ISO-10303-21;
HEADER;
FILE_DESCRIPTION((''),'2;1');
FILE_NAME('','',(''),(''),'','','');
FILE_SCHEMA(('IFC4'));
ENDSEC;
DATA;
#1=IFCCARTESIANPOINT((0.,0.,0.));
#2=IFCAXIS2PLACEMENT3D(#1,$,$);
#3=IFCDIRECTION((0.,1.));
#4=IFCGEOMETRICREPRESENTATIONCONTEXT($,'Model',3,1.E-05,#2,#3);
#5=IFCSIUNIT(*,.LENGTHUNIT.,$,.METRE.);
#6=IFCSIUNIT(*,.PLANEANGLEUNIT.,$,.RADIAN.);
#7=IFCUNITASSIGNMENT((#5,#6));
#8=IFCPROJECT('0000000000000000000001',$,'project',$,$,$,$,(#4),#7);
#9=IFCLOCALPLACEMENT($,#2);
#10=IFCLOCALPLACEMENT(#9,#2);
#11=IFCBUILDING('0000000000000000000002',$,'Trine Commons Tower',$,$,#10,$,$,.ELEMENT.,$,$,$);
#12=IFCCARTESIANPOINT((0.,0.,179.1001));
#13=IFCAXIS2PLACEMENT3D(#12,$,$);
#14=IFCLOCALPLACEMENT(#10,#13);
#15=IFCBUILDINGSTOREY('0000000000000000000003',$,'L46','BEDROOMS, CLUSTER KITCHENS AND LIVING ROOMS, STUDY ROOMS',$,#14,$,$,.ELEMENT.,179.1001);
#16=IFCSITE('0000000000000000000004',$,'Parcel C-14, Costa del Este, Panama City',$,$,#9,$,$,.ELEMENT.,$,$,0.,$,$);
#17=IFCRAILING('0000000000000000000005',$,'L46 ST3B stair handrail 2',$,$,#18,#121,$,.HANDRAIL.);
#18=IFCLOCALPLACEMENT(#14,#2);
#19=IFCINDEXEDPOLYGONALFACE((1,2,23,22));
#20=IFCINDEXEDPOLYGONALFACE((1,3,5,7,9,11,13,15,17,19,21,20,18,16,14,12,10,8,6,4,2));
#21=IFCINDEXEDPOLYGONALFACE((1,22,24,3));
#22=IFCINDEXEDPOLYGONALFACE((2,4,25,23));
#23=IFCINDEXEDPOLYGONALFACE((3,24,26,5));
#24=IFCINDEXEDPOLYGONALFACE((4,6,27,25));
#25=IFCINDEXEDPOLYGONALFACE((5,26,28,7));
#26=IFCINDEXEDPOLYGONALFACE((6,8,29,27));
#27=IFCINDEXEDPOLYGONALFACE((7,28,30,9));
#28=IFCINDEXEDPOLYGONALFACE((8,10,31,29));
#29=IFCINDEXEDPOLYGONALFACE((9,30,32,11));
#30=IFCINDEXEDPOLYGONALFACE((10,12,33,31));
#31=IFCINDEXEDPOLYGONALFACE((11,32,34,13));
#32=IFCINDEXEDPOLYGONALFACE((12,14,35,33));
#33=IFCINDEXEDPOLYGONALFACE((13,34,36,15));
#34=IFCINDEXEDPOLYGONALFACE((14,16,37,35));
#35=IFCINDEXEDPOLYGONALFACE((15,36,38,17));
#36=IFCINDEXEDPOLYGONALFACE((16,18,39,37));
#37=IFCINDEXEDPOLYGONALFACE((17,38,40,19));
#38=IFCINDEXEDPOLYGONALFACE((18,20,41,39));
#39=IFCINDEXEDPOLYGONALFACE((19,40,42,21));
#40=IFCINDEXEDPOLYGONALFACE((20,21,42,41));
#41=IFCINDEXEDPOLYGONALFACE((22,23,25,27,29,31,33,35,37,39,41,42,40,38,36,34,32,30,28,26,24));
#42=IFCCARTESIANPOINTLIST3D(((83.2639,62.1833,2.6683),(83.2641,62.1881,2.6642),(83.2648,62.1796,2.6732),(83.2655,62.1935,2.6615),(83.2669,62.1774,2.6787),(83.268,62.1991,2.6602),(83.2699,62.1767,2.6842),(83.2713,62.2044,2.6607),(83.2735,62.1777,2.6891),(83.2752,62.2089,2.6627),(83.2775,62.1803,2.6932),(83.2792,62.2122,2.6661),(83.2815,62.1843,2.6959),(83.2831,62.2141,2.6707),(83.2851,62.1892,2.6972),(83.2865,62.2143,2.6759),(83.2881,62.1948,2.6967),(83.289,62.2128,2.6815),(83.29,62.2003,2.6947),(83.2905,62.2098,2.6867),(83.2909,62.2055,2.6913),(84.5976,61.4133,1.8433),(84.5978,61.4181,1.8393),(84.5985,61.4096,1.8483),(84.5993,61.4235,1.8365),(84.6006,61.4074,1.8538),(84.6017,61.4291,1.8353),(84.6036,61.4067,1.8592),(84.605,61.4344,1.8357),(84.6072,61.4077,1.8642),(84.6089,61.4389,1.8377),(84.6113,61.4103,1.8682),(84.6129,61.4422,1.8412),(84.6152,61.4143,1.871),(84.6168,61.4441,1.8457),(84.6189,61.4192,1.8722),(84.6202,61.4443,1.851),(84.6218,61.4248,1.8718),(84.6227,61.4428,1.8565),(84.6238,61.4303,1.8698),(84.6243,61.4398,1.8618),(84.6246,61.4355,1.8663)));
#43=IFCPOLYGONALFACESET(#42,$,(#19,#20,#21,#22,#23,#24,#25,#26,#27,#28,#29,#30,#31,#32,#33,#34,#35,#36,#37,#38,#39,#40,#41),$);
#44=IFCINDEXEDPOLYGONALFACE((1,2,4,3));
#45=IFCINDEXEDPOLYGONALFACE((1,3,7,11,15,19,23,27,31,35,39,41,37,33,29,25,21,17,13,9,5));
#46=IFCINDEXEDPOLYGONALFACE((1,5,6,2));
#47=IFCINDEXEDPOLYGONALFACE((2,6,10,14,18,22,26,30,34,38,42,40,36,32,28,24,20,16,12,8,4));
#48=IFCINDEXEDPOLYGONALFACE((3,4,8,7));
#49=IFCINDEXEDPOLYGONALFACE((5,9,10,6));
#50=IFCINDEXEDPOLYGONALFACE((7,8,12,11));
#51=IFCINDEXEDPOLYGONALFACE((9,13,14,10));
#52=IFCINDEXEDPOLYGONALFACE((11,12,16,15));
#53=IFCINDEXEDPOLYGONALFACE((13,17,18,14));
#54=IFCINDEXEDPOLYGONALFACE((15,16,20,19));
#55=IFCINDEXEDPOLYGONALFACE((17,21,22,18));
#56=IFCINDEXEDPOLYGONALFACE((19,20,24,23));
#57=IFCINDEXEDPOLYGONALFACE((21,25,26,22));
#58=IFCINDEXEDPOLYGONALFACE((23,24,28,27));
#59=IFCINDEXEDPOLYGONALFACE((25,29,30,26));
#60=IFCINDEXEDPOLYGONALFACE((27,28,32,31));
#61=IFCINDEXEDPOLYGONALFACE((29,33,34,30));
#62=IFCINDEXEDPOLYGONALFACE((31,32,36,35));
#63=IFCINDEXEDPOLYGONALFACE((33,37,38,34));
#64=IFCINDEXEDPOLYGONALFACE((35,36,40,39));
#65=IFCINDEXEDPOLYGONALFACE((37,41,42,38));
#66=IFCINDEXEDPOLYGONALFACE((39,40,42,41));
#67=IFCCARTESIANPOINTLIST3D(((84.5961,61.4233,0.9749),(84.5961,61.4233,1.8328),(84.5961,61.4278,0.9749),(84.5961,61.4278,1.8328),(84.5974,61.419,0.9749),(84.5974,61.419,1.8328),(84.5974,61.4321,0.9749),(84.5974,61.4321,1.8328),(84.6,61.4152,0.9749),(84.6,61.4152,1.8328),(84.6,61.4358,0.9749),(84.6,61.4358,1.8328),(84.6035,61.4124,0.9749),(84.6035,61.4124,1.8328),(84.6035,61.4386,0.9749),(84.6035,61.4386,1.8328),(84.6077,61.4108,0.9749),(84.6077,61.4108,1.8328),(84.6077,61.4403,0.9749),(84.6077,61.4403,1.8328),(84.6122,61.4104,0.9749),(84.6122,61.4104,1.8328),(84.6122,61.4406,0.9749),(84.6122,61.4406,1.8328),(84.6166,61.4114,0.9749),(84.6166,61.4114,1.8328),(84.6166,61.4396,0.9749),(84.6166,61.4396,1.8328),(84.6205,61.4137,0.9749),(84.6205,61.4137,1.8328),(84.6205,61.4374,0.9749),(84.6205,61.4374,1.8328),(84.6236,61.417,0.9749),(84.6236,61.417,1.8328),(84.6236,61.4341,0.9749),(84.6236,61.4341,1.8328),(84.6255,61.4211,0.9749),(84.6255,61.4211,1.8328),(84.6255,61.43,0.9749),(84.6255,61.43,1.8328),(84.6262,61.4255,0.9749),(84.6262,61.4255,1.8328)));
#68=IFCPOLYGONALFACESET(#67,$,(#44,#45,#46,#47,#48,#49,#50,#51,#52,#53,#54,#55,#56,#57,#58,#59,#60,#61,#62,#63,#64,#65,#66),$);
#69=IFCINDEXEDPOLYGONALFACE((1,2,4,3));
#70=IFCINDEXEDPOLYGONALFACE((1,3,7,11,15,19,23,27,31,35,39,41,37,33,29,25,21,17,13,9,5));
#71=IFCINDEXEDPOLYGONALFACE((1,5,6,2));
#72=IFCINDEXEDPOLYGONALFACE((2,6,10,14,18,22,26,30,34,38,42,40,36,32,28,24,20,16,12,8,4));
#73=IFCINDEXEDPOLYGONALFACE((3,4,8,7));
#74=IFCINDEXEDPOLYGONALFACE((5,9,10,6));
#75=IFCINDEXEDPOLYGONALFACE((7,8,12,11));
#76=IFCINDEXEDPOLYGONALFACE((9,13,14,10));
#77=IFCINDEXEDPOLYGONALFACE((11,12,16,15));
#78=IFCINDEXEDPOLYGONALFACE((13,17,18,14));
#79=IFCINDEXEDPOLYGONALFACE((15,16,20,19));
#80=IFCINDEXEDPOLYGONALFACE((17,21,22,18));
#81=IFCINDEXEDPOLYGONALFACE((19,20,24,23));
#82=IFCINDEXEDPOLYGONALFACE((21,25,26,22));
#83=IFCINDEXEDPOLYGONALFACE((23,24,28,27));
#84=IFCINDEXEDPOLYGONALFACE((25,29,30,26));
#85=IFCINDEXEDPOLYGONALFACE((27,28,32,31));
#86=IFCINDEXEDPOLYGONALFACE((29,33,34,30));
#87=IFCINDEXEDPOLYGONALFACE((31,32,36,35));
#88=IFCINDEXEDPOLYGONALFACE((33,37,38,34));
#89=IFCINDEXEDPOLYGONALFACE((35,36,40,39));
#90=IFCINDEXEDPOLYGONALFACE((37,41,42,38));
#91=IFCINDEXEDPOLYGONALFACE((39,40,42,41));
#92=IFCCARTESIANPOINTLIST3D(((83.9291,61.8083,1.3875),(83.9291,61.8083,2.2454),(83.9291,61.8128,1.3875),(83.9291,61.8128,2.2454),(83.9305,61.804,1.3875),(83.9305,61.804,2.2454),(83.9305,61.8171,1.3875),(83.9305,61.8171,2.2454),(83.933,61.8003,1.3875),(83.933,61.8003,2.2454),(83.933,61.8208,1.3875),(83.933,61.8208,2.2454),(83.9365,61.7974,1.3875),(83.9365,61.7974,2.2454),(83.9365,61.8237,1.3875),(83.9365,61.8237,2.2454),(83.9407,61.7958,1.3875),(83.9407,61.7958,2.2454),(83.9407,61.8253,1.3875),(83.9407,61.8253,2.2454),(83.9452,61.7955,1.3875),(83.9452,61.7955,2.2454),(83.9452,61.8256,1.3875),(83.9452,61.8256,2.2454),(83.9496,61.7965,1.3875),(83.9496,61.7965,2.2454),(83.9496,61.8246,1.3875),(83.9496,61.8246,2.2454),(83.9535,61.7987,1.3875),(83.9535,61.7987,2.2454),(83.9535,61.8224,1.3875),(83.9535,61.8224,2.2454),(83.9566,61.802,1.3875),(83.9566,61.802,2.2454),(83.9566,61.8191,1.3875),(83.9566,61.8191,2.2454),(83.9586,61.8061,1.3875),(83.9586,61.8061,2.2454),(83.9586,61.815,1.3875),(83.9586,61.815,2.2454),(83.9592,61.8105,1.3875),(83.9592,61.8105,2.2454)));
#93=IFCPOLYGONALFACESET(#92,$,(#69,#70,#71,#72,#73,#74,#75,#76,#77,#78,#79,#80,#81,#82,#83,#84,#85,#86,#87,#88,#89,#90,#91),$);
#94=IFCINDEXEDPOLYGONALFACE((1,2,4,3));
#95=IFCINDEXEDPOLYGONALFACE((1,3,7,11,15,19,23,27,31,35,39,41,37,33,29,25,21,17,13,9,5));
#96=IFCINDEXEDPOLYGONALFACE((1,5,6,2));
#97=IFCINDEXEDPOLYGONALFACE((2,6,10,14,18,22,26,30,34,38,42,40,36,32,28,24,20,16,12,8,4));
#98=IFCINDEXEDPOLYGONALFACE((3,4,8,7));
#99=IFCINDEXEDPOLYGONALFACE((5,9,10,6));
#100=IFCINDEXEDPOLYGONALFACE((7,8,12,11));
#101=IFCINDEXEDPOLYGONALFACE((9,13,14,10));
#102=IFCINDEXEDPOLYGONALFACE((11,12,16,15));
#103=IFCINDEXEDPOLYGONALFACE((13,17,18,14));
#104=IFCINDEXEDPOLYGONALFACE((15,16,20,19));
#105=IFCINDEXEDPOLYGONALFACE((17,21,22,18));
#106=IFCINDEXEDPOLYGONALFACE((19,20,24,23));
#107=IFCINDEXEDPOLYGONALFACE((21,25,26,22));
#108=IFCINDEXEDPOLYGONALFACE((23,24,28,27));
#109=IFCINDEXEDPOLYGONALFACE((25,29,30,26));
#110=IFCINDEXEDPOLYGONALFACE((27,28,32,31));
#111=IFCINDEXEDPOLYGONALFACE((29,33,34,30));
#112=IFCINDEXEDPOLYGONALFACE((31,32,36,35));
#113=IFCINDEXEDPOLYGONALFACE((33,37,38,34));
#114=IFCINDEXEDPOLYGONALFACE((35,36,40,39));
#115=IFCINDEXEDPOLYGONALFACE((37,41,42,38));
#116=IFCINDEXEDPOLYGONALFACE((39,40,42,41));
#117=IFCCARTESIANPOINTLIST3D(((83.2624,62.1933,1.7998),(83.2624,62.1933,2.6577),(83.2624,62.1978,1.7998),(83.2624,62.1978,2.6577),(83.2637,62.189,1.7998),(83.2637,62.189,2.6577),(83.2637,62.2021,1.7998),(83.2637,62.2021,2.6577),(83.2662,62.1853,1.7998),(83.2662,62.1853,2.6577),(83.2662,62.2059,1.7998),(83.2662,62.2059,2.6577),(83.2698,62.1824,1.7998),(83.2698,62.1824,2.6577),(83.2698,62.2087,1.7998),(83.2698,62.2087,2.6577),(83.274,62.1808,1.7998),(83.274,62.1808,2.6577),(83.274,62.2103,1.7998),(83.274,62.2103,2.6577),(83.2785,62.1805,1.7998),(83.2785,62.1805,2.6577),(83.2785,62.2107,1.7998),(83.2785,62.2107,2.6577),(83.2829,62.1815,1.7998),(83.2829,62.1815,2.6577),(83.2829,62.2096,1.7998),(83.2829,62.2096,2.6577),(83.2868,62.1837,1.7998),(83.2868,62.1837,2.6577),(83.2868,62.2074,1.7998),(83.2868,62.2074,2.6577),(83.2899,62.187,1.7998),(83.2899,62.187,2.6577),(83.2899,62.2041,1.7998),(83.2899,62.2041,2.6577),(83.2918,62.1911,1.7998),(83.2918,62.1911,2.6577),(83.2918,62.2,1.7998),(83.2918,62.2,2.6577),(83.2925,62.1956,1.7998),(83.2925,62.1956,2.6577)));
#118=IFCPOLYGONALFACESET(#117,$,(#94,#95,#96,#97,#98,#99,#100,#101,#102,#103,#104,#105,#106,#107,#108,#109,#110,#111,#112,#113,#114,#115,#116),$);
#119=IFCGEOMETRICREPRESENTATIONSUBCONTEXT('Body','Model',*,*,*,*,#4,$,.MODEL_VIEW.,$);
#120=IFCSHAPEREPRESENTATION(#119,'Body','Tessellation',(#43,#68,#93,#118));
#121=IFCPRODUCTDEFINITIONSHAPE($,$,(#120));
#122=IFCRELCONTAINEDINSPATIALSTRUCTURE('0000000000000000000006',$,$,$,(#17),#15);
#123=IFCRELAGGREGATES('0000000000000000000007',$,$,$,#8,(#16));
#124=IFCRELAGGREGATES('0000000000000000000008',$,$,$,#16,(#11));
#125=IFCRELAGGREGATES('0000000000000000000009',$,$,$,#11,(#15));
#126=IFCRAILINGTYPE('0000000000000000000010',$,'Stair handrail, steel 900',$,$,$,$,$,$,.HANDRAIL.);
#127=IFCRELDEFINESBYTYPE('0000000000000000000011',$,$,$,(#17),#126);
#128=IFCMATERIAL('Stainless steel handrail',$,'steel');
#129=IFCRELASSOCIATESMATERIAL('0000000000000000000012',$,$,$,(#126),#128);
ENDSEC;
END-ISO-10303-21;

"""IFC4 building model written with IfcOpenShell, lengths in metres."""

from ifc_helpers import new_model, si_unit, direction, frame, origin, origin_2d, place, context, subcontext, project, spatial, circle, extrude, material, type_object, element, save


model = new_model("IFC4")

# Units and contexts
model_context = context("Model", 3, precision=1e-05, world=origin(), true_north=direction((0.0, 1.0)))
body_context = subcontext(model_context, "Body", "Model", "MODEL_VIEW")
ifc_project = project(units=[si_unit("LENGTHUNIT", "METRE"), si_unit("PLANEANGLEUNIT", "RADIAN")], contexts=[model_context])

# Site, building, storey
site_placement = place(None, origin())
site = spatial("IfcSite", under=ifc_project, at=site_placement, Name="Parcel C-14, Costa del Este, Panama City", CompositionType="ELEMENT", RefElevation=0.0)
building_placement = place(site_placement, origin())
building = spatial("IfcBuilding", under=site, at=building_placement, Name="Trine Commons Tower", CompositionType="ELEMENT")
storey_placement = place(building_placement, frame((0.0, 0.0, 179.1001)))
storey = spatial("IfcBuildingStorey", under=building, at=storey_placement, Name="L46", Description="BEDROOMS, CLUSTER KITCHENS AND LIVING ROOMS, STUDY ROOMS", CompositionType="ELEMENT", Elevation=179.1001)

# Railing
ifc_material_1 = material(Name="Stainless steel handrail", Category="steel")
railing_type_1 = type_object("IfcRailingType", Name="Stair handrail, steel 900", PredefinedType="HANDRAIL", material=ifc_material_1)
railing_1_placement = place(storey_placement, frame((84.6111, 61.4255, 0.9749)))
element("IfcRailing", 1, at=railing_1_placement, inside=storey, type_object=railing_type_1, Name="L46 ST3B stair handrail 2", PredefinedType="HANDRAIL", context=body_context, shape_type="SweptSolid", body=[
    extrude(circle(Radius=0.021, at=origin_2d()), frame((0.0, 0.0, 0.8789), z_axis=(-0.763405, 0.440743, 0.472185), x_axis=(-0.499992, -0.86603, 0.0)), (0.0, 0.0, 1.0), 1.7471),
    extrude(circle(Radius=0.0151, at=origin_2d()), origin(), (0.0, 0.0, 1.0), 0.8579),
    extrude(circle(Radius=0.0151, at=origin_2d()), frame((-0.667, 0.385, 0.4126)), (0.0, 0.0, 1.0), 0.8579),
    extrude(circle(Radius=0.0151, at=origin_2d()), frame((-1.3337, 0.77, 0.825)), (0.0, 0.0, 1.0), 0.8579),
])

save(model, "model.ifc")
